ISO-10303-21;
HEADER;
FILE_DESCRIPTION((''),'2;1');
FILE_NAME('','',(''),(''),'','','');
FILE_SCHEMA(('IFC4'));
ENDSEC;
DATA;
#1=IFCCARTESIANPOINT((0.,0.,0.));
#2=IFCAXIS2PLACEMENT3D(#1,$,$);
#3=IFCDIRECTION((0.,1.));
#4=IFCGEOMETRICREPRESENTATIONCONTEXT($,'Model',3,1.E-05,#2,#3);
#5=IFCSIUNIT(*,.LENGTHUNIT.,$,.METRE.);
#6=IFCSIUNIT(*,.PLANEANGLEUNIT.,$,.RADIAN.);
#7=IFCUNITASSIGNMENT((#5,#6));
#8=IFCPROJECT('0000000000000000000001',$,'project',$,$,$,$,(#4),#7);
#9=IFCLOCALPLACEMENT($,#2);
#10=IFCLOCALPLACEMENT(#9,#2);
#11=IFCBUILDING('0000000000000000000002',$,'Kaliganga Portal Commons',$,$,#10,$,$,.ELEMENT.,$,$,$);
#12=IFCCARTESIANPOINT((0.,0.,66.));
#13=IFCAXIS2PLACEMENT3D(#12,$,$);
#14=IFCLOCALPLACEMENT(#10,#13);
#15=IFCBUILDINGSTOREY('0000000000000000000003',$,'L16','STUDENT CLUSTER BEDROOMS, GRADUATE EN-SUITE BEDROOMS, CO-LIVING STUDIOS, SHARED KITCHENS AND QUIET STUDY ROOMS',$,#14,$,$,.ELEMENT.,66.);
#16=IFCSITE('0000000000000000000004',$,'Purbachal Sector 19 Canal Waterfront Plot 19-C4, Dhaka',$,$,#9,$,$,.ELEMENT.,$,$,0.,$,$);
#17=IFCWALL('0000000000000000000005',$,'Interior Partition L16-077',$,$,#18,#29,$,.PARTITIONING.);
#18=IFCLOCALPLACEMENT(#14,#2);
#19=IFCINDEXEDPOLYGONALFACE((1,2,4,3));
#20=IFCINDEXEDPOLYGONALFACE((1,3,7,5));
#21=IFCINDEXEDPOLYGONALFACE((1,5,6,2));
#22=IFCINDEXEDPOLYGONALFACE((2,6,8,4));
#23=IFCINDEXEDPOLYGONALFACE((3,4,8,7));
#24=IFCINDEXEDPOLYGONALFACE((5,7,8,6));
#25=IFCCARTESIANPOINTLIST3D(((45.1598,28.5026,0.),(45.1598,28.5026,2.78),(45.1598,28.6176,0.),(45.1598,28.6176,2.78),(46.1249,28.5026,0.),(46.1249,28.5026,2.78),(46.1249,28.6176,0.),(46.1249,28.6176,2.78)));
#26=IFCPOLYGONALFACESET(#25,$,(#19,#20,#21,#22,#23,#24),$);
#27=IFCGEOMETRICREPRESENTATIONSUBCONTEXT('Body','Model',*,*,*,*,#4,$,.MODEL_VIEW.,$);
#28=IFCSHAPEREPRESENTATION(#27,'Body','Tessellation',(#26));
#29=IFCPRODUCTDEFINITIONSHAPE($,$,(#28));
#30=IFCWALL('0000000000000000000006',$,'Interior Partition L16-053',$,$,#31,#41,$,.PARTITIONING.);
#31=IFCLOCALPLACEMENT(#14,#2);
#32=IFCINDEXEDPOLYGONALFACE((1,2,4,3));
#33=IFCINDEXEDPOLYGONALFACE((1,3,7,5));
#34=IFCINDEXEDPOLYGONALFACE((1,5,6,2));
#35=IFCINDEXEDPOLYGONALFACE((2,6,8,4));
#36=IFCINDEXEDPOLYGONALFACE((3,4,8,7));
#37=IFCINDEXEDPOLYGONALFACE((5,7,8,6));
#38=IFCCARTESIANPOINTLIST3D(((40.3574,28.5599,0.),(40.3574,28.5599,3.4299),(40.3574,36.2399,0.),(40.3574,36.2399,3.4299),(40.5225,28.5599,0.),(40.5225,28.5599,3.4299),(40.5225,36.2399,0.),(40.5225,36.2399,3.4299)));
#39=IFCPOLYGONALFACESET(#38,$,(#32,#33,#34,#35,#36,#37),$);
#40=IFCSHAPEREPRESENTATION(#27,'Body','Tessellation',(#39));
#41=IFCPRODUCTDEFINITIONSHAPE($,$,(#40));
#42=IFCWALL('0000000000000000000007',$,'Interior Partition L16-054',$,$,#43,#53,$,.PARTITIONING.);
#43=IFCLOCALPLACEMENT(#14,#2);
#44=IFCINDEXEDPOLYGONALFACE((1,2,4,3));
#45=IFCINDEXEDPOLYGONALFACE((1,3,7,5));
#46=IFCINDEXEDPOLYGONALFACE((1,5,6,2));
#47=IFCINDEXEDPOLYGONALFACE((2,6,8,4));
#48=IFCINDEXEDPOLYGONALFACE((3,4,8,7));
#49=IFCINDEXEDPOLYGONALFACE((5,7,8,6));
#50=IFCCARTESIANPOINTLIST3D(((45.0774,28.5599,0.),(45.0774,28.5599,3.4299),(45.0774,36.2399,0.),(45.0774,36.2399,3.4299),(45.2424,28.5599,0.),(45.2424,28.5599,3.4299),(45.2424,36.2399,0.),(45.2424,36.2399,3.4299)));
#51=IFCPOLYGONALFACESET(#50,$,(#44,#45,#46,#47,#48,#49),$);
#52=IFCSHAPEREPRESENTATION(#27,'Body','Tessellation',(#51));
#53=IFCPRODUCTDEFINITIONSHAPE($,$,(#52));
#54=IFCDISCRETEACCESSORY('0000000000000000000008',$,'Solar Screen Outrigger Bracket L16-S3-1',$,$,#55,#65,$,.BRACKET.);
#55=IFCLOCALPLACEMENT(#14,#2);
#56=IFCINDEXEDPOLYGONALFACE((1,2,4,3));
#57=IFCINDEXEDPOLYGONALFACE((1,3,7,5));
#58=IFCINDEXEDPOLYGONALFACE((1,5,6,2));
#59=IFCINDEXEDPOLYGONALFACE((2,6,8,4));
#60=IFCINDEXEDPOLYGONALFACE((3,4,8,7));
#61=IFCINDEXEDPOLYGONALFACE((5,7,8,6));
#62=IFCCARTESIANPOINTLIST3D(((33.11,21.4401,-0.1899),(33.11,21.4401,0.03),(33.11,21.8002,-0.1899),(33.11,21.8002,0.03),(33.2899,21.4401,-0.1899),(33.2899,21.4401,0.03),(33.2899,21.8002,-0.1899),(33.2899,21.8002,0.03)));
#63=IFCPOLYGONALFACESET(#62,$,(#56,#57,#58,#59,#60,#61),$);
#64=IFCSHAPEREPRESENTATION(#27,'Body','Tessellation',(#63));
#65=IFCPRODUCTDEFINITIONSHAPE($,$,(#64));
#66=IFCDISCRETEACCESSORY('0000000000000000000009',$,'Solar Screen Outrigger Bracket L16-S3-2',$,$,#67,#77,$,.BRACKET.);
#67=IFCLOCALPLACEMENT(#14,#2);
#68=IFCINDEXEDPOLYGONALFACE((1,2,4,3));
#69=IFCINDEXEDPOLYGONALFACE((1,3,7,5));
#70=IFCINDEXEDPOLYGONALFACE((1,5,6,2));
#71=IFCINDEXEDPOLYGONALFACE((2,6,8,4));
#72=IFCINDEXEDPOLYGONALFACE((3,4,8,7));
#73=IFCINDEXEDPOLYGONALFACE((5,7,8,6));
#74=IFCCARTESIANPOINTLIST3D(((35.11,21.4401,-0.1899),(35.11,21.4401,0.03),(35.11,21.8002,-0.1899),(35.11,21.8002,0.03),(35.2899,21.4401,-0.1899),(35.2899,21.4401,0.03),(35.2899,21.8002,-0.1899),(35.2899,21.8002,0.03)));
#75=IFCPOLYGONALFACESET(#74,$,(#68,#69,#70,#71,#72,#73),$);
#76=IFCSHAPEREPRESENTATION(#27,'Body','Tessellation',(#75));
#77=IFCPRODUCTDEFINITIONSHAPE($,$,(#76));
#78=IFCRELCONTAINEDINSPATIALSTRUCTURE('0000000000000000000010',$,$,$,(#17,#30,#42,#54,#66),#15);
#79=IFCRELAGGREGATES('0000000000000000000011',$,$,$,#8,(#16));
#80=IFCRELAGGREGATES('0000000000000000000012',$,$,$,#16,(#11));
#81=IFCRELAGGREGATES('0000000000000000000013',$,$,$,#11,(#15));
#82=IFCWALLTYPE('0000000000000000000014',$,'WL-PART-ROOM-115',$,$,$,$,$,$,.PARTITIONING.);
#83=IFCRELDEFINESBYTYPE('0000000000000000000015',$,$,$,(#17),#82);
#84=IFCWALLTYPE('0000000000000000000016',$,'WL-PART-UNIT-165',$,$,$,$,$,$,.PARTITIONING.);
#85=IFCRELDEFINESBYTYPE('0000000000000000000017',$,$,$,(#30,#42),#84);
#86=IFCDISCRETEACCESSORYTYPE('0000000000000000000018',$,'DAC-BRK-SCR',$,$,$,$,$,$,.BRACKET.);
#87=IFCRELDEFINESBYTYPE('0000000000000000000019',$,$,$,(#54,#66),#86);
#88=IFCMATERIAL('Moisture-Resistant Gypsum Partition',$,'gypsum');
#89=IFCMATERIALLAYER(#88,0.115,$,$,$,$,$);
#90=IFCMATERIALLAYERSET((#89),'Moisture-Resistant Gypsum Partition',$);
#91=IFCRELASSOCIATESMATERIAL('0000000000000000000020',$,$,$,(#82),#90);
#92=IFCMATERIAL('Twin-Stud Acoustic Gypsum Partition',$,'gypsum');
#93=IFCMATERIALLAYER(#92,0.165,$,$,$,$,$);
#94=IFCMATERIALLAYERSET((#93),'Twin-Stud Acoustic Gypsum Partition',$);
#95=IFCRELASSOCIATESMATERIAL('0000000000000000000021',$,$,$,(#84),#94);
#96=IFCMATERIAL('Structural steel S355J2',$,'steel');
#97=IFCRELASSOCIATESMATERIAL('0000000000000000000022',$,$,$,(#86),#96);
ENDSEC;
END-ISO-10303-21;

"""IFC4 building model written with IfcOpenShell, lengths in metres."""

from ifc_helpers import new_model, si_unit, direction, frame, frame_2d, origin, origin_2d, place, context, subcontext, project, spatial, rectangle, extrude, source, transform, mapped, material, layer, layer_set, type_object, element, save


model = new_model("IFC4")

# Units and contexts
model_context = context("Model", 3, precision=1e-05, world=origin(), true_north=direction((0.0, 1.0)))
body_context = subcontext(model_context, "Body", "Model", "MODEL_VIEW")
ifc_project = project(units=[si_unit("LENGTHUNIT", "METRE"), si_unit("PLANEANGLEUNIT", "RADIAN")], contexts=[model_context])

# Site, building, storey
site_placement = place(None, origin())
site = spatial("IfcSite", under=ifc_project, at=site_placement, Name="Purbachal Sector 19 Canal Waterfront Plot 19-C4, Dhaka", CompositionType="ELEMENT", RefElevation=0.0)
building_placement = place(site_placement, origin())
building = spatial("IfcBuilding", under=site, at=building_placement, Name="Kaliganga Portal Commons", CompositionType="ELEMENT")
storey_placement = place(building_placement, frame((0.0, 0.0, 66.0)))
storey = spatial("IfcBuildingStorey", under=building, at=storey_placement, Name="L16", Description="STUDENT CLUSTER BEDROOMS, GRADUATE EN-SUITE BEDROOMS, CO-LIVING STUDIOS, SHARED KITCHENS AND QUIET STUDY ROOMS", CompositionType="ELEMENT", Elevation=66.0)

# Shared definitions
ifc_material_1 = material(Name="Structural steel S355J2", Category="steel")

# Walls
ifc_material_2 = material(Name="Moisture-Resistant Gypsum Partition", Category="gypsum")
ifc_layer_1 = layer(ifc_material_2, 0.115)
ifc_layer_set_1 = layer_set([ifc_layer_1], Name="Moisture-Resistant Gypsum Partition")
wall_type_1 = type_object("IfcWallType", Name="WL-PART-ROOM-115", PredefinedType="PARTITIONING", material=ifc_layer_set_1)
wall_1_placement = place(storey_placement, frame((45.1599, 28.5601, 0.0), z_axis=(0.0, 0.0, 1.0), x_axis=(1.0, 0.0, 0.0)))
element("IfcWall", 1, at=wall_1_placement, inside=storey, type_object=wall_type_1, Name="Interior Partition L16-077", PredefinedType="PARTITIONING", context=body_context, shape_type="SweptSolid", body=[
    extrude(rectangle(XDim=0.9651, YDim=0.115, at=frame_2d((0.4824, 0.0))), origin(), (0.0, 0.0, 1.0), 2.78),
])
ifc_material_3 = material(Name="Twin-Stud Acoustic Gypsum Partition", Category="gypsum")
ifc_layer_2 = layer(ifc_material_3, 0.165)
ifc_layer_set_2 = layer_set([ifc_layer_2], Name="Twin-Stud Acoustic Gypsum Partition")
wall_type_2 = type_object("IfcWallType", Name="WL-PART-UNIT-165", PredefinedType="PARTITIONING", material=ifc_layer_set_2)
for number, where, z_axis, x_axis, name in (
    (2, (40.4399, 28.5601, 0.0), (0.0, 0.0, 1.0), (0.0, 1.0, 0.0), "Interior Partition L16-053"),
    (3, (45.1599, 28.5601, 0.0), (0.0, 0.0, 1.0), (0.0, 1.0, 0.0), "Interior Partition L16-054"),
):
    element("IfcWall", number, at=place(storey_placement, frame(where, z_axis=z_axis, x_axis=x_axis)), inside=storey, type_object=wall_type_2, Name=name, PredefinedType="PARTITIONING", context=body_context, shape_type="SweptSolid", body=[
        extrude(rectangle(XDim=7.6799, YDim=0.165, at=frame_2d((3.8398, 0.0))), origin(), (0.0, 0.0, 1.0), 3.4299),
    ])

# Discrete accessories
discrete_accessory_type = type_object("IfcDiscreteAccessoryType", Name="DAC-BRK-SCR", PredefinedType="BRACKET", material=ifc_material_1)
shared_shape_1 = source(origin(), body_context, "Body", "SweptSolid", [
    extrude(rectangle(XDim=0.1799, YDim=0.3601, at=origin_2d()), origin(), (0.0, 0.0, 1.0), 0.22),
])
for number, where, z_axis, x_axis, name in (
    (4, (33.2, 21.6201, -0.1899), (0.0, 0.0, 1.0), (1.0, 0.0, 0.0), "Solar Screen Outrigger Bracket L16-S3-1"),
    (5, (35.2, 21.6201, -0.1899), (0.0, 0.0, 1.0), (1.0, 0.0, 0.0), "Solar Screen Outrigger Bracket L16-S3-2"),
):
    element("IfcDiscreteAccessory", number, at=place(storey_placement, frame(where, z_axis=z_axis, x_axis=x_axis)), inside=storey, type_object=discrete_accessory_type, Name=name, PredefinedType="BRACKET", context=body_context, shape_type="MappedRepresentation", body=[
        mapped(shared_shape_1, transform((0.0, 0.0, 0.0), x_axis=(1.0, 0.0, 0.0), y_axis=(0.0, 1.0, 0.0), z_axis=(0.0, 0.0, 1.0), scale=1.0)),
    ])

save(model, "model.ifc")
